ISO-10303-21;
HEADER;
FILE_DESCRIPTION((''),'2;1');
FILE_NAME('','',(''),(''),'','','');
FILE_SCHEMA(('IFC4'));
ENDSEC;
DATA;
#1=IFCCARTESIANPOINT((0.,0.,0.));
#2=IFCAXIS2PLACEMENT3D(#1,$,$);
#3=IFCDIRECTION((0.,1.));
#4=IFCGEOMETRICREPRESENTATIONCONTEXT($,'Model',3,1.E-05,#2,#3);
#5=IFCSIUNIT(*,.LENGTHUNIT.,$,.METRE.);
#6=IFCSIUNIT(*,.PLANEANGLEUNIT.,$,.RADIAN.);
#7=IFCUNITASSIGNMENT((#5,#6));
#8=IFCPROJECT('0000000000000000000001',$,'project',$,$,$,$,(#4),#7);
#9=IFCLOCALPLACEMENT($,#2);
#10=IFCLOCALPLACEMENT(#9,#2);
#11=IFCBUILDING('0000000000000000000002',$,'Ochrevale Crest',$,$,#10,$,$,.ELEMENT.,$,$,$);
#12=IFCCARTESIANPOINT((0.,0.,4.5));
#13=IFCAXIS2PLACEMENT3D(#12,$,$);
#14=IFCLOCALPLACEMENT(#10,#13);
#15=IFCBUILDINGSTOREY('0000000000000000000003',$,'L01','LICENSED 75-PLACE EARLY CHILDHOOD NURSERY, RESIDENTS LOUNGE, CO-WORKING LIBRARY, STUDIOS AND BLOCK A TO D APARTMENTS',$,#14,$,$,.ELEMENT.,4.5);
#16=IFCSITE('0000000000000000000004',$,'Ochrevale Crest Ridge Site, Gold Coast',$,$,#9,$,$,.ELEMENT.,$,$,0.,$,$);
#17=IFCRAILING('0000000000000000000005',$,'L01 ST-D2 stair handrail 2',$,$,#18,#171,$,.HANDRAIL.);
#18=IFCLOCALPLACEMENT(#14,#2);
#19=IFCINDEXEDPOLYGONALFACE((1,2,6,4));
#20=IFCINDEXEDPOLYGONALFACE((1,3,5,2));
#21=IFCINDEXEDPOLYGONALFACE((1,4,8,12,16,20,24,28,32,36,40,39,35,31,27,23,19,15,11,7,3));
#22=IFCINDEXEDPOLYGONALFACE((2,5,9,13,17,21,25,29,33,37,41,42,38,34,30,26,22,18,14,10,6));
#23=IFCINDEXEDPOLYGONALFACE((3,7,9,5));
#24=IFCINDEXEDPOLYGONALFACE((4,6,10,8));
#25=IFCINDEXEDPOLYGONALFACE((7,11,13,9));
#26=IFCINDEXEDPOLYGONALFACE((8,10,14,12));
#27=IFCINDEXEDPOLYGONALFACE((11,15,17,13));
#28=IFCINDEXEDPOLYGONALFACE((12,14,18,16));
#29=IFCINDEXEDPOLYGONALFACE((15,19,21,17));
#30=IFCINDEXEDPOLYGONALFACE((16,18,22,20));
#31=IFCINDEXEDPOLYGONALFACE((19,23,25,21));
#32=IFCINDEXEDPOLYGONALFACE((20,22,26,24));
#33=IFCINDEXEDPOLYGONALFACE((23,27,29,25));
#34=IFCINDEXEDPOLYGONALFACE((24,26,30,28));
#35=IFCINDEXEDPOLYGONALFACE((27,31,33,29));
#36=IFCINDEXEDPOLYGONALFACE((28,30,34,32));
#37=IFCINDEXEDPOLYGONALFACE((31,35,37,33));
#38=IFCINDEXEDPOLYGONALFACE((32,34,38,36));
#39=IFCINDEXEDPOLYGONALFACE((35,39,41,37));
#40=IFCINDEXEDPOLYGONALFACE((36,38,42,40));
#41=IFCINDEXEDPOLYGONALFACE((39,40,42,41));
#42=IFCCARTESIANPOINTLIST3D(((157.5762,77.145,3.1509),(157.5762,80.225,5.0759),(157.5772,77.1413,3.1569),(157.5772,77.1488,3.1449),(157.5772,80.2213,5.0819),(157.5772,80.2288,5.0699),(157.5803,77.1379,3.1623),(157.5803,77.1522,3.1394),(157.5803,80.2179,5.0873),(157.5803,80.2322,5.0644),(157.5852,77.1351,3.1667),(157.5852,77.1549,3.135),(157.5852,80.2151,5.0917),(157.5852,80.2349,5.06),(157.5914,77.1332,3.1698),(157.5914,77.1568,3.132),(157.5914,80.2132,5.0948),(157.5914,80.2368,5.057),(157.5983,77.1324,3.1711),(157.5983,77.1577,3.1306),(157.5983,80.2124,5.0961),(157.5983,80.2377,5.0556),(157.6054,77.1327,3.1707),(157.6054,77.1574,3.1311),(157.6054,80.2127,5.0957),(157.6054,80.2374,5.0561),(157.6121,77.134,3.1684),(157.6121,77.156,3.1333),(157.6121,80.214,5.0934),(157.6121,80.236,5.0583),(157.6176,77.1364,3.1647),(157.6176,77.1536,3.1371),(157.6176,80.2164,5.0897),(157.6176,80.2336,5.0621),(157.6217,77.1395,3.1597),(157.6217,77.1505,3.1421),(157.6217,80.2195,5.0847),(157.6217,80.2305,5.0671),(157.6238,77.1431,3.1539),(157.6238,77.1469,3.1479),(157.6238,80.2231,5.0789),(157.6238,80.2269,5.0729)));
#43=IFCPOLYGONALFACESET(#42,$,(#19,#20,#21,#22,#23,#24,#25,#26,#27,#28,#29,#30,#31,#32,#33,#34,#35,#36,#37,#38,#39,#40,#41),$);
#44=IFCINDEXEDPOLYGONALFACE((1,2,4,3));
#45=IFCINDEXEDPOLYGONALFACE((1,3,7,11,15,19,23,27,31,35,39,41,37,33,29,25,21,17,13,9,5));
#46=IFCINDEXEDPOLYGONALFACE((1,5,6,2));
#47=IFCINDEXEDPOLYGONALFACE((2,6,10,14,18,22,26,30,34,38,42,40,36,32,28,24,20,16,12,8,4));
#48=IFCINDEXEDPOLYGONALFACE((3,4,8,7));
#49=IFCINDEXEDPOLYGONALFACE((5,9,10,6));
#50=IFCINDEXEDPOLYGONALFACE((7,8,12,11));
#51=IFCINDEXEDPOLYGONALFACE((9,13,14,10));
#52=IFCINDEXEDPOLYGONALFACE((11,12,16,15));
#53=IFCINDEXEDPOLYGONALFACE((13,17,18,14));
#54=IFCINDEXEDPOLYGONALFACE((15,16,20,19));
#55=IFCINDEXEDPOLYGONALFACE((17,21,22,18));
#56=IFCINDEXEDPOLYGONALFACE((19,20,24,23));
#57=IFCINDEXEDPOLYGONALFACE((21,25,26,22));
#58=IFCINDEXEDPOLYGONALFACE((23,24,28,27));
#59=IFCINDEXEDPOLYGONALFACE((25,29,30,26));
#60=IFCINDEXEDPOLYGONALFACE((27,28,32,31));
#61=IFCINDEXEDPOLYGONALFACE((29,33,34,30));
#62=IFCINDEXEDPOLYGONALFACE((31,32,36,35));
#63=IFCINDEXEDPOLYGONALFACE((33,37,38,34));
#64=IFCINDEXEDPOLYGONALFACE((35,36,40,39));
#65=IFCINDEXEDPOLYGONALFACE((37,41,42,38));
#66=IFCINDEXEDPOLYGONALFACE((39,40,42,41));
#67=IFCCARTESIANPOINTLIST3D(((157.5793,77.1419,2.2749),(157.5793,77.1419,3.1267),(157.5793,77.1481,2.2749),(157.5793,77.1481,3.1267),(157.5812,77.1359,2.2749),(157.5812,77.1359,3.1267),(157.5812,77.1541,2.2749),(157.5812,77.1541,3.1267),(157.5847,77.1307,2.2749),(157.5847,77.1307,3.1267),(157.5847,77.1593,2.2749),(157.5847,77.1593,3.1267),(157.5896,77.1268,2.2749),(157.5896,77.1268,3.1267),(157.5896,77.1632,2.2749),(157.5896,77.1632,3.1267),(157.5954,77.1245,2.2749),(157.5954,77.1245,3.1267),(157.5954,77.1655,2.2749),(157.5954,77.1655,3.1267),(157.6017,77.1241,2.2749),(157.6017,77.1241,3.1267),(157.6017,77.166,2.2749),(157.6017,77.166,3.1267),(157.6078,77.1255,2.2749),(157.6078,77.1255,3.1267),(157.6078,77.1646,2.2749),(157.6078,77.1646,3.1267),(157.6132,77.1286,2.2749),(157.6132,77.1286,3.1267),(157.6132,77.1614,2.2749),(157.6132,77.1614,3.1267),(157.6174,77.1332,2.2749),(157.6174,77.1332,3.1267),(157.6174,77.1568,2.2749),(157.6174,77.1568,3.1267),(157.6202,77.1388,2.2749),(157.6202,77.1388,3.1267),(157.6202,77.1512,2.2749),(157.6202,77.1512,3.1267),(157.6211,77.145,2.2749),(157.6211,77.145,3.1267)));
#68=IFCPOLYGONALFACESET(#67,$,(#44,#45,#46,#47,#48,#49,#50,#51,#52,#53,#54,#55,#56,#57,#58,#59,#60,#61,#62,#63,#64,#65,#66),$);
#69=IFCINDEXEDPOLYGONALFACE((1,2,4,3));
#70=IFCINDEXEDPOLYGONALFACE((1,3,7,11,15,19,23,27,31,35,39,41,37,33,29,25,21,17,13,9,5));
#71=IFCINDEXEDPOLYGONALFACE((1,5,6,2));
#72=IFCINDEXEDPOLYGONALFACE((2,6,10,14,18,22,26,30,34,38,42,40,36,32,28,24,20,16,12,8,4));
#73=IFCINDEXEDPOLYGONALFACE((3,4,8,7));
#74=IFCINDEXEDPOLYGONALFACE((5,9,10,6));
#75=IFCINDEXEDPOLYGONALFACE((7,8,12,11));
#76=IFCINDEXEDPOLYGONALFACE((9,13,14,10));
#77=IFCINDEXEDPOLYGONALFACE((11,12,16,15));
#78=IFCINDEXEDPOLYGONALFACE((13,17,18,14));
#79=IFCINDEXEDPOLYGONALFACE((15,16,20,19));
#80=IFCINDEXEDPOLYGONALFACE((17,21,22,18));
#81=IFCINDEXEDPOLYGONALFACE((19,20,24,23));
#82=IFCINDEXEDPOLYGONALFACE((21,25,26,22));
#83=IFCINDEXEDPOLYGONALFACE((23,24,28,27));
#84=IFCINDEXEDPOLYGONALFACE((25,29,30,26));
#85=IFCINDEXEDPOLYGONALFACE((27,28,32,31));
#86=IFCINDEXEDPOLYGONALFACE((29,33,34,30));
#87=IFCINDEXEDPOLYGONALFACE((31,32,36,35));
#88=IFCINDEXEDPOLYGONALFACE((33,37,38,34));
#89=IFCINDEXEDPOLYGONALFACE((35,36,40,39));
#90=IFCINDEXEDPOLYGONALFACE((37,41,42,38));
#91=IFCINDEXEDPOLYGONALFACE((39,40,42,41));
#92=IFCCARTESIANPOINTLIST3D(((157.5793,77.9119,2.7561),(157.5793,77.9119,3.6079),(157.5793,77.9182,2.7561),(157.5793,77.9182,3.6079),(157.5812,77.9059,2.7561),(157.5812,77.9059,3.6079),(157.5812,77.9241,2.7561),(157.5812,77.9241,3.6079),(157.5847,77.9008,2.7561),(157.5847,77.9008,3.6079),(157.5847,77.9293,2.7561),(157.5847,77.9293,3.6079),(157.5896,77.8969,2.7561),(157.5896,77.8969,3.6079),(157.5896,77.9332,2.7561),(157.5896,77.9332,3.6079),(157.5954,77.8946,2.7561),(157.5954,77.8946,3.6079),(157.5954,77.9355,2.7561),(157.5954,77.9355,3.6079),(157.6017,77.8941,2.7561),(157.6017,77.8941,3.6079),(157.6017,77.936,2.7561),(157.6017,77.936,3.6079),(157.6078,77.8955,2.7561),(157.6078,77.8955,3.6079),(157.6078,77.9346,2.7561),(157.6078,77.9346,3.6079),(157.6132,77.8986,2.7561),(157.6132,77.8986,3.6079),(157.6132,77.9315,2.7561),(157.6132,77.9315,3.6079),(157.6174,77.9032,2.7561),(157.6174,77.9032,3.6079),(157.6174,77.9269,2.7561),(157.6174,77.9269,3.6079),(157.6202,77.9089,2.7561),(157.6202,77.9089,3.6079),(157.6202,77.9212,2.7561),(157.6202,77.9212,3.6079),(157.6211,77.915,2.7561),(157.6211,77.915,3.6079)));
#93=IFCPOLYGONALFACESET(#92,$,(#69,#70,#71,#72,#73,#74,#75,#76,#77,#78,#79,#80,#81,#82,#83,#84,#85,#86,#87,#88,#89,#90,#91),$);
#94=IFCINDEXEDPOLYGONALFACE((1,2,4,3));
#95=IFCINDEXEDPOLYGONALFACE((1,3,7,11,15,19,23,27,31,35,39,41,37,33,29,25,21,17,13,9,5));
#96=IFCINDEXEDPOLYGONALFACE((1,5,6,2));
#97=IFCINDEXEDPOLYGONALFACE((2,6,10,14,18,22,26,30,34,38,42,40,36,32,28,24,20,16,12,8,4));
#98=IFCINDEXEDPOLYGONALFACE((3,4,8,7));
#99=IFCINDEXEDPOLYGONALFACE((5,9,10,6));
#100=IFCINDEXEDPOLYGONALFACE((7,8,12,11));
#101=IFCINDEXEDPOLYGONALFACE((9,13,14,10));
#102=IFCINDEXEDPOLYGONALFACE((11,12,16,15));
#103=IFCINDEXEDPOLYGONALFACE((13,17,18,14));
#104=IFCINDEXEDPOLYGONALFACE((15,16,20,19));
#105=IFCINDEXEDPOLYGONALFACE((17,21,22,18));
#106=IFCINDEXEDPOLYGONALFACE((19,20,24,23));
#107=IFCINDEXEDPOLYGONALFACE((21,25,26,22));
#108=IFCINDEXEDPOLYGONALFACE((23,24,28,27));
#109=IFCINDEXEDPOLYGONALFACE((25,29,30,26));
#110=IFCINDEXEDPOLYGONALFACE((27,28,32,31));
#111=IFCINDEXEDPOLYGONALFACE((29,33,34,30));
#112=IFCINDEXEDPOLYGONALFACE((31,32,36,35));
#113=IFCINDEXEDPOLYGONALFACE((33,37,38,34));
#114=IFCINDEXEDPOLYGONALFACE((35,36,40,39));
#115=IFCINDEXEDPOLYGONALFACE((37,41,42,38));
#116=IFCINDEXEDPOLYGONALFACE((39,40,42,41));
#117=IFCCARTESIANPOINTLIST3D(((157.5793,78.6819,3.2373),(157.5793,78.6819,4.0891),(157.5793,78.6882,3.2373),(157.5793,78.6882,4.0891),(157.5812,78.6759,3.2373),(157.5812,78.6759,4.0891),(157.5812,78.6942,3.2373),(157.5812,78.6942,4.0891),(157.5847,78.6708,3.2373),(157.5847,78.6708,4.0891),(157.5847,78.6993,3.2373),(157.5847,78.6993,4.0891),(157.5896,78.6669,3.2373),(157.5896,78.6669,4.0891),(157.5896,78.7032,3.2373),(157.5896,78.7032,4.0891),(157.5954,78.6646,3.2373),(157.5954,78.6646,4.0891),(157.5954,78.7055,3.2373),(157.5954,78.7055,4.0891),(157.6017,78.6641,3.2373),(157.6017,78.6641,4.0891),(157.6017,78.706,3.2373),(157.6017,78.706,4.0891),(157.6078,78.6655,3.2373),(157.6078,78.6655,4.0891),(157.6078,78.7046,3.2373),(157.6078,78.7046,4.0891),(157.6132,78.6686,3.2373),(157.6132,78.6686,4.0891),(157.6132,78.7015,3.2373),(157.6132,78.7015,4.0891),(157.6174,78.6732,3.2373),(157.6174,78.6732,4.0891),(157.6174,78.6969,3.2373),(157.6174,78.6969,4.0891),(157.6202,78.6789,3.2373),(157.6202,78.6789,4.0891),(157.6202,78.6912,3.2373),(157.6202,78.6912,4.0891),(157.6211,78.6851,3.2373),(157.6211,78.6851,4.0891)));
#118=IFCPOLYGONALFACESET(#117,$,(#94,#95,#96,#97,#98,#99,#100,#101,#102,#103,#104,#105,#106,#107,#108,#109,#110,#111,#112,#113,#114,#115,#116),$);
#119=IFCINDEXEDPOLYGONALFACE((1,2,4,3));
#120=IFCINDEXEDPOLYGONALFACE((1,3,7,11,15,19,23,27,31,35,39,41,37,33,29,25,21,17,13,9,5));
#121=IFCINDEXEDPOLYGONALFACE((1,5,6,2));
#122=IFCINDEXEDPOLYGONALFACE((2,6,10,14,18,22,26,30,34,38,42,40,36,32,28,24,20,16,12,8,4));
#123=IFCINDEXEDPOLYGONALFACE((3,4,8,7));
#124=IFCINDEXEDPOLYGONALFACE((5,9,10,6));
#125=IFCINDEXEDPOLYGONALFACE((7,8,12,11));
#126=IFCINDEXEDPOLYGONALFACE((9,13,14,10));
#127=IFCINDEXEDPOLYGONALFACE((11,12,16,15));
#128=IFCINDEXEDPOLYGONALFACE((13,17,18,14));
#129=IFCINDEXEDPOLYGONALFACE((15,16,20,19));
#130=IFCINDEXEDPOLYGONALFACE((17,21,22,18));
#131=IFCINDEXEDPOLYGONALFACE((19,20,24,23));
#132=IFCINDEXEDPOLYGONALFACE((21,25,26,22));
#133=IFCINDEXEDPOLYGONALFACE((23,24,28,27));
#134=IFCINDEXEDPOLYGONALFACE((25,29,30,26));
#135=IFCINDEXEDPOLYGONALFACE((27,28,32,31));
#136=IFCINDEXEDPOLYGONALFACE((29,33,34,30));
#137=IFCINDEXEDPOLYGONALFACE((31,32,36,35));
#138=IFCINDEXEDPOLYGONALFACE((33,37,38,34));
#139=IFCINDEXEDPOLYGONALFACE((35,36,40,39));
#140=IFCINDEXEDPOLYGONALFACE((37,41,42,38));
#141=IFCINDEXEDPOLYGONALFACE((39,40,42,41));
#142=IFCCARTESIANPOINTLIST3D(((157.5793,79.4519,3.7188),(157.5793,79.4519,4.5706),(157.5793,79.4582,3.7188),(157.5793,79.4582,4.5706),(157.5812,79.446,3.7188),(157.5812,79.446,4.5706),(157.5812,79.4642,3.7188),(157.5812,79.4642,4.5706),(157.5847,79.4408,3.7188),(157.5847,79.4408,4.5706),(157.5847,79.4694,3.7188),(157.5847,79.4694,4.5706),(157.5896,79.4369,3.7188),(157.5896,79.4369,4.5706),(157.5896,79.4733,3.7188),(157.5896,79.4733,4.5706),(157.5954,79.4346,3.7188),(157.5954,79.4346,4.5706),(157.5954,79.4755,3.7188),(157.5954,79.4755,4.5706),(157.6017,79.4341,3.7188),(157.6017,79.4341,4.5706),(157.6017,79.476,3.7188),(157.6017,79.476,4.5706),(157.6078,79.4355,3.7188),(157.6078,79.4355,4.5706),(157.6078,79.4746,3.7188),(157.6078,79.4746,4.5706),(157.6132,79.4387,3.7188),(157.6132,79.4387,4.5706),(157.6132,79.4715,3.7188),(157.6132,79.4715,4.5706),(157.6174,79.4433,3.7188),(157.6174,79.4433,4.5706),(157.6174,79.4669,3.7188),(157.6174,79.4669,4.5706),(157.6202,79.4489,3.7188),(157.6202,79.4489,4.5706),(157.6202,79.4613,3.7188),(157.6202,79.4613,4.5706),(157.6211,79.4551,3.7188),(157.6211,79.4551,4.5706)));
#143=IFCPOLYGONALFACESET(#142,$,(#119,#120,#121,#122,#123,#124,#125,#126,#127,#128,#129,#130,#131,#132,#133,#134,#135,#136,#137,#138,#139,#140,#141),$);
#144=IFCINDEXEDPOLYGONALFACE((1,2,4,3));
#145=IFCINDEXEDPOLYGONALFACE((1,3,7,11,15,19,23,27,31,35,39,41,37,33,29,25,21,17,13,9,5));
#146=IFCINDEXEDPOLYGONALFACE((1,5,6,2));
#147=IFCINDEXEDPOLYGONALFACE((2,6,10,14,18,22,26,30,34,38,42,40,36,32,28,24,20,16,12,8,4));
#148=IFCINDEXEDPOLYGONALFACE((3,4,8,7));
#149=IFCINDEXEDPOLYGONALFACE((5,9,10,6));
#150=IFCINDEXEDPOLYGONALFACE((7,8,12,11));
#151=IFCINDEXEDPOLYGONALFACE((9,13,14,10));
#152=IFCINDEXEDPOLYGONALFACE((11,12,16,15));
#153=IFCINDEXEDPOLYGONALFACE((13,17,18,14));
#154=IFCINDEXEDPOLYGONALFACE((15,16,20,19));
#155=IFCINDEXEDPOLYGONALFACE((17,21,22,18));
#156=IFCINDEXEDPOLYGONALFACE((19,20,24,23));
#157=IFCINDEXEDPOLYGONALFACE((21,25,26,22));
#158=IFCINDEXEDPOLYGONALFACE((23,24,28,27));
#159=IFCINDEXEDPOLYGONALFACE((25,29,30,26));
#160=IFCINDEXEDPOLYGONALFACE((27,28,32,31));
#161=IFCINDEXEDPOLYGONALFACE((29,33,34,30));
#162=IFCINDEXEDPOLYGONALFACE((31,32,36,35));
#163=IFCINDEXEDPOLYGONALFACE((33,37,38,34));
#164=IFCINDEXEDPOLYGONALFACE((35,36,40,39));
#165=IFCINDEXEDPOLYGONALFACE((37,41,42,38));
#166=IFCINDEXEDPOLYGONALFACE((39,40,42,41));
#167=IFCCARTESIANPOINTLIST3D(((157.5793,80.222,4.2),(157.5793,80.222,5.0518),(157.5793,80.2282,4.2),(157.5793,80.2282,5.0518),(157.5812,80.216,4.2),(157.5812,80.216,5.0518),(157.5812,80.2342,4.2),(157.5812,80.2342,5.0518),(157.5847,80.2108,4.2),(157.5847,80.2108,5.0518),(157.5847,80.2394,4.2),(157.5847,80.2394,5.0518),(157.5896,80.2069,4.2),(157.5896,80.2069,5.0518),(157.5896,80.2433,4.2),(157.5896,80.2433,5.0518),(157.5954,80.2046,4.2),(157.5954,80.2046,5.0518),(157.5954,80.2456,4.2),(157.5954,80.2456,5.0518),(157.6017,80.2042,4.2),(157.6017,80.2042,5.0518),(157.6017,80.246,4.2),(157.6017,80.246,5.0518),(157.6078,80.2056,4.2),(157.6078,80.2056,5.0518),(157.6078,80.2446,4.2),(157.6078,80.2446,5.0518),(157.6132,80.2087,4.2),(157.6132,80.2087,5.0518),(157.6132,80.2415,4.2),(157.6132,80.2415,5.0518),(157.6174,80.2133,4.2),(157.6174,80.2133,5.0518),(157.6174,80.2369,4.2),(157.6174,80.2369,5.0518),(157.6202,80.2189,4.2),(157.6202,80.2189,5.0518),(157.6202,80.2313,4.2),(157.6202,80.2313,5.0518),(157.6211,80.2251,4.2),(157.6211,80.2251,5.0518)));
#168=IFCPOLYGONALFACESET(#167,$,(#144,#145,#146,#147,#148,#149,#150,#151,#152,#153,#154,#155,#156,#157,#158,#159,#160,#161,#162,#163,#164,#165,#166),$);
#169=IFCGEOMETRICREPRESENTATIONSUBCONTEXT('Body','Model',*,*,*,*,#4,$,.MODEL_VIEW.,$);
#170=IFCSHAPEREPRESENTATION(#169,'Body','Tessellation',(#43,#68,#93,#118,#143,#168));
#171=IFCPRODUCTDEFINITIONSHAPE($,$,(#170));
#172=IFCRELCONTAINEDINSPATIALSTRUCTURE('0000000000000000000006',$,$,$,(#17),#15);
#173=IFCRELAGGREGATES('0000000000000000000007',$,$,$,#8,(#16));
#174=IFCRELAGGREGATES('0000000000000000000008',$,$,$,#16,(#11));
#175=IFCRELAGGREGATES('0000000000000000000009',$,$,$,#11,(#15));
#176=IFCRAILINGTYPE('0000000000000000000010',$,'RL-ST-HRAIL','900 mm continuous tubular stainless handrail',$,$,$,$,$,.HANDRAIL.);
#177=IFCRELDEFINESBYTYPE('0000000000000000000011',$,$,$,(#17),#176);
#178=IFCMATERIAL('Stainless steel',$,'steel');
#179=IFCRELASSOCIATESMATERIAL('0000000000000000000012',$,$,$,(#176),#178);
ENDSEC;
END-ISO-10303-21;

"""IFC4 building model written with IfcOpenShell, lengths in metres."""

from ifc_helpers import new_model, si_unit, direction, frame, origin, origin_2d, place, context, subcontext, project, spatial, circle, extrude, material, type_object, element, save


model = new_model("IFC4")

# Units and contexts
model_context = context("Model", 3, precision=1e-05, world=origin(), true_north=direction((0.0, 1.0)))
body_context = subcontext(model_context, "Body", "Model", "MODEL_VIEW")
ifc_project = project(units=[si_unit("LENGTHUNIT", "METRE"), si_unit("PLANEANGLEUNIT", "RADIAN")], contexts=[model_context])

# Site, building, storey
site_placement = place(None, origin())
site = spatial("IfcSite", under=ifc_project, at=site_placement, Name="Ochrevale Crest Ridge Site, Gold Coast", CompositionType="ELEMENT", RefElevation=0.0)
building_placement = place(site_placement, origin())
building = spatial("IfcBuilding", under=site, at=building_placement, Name="Ochrevale Crest", CompositionType="ELEMENT")
storey_placement = place(building_placement, frame((0.0, 0.0, 4.5)))
storey = spatial("IfcBuildingStorey", under=building, at=storey_placement, Name="L01", Description="LICENSED 75-PLACE EARLY CHILDHOOD NURSERY, RESIDENTS LOUNGE, CO-WORKING LIBRARY, STUDIOS AND BLOCK A TO D APARTMENTS", CompositionType="ELEMENT", Elevation=4.5)

# Railing
ifc_material_1 = material(Name="Stainless steel", Category="steel")
railing_type = type_object("IfcRailingType", Name="RL-ST-HRAIL", Description="900 mm continuous tubular stainless handrail", PredefinedType="HANDRAIL", material=ifc_material_1)
railing_placement = place(storey_placement, frame((157.6001, 77.145, 2.2749)))
element("IfcRailing", 1, at=railing_placement, inside=storey, type_object=railing_type, Name="L01 ST-D2 stair handrail 2", PredefinedType="HANDRAIL", context=body_context, shape_type="SweptSolid", body=[
    extrude(circle(Radius=0.0239, at=origin_2d()), frame((0.0, 0.0, 0.876), z_axis=(0.0, 0.847998, 0.529999), x_axis=(-1.0, 0.0, 0.0)), (0.0, 0.0, 1.0), 3.6321),
    extrude(circle(Radius=0.021, at=origin_2d()), origin(), (0.0, 0.0, 1.0), 0.8518),
    extrude(circle(Radius=0.021, at=origin_2d()), frame((0.0, 0.77, 0.4812)), (0.0, 0.0, 1.0), 0.8518),
    extrude(circle(Radius=0.021, at=origin_2d()), frame((0.0, 1.54, 0.9624)), (0.0, 0.0, 1.0), 0.8518),
    extrude(circle(Radius=0.021, at=origin_2d()), frame((0.0, 2.3101, 1.4438)), (0.0, 0.0, 1.0), 0.8518),
    extrude(circle(Radius=0.021, at=origin_2d()), frame((0.0, 3.0801, 1.925)), (0.0, 0.0, 1.0), 0.8518),
])

save(model, "model.ifc")
